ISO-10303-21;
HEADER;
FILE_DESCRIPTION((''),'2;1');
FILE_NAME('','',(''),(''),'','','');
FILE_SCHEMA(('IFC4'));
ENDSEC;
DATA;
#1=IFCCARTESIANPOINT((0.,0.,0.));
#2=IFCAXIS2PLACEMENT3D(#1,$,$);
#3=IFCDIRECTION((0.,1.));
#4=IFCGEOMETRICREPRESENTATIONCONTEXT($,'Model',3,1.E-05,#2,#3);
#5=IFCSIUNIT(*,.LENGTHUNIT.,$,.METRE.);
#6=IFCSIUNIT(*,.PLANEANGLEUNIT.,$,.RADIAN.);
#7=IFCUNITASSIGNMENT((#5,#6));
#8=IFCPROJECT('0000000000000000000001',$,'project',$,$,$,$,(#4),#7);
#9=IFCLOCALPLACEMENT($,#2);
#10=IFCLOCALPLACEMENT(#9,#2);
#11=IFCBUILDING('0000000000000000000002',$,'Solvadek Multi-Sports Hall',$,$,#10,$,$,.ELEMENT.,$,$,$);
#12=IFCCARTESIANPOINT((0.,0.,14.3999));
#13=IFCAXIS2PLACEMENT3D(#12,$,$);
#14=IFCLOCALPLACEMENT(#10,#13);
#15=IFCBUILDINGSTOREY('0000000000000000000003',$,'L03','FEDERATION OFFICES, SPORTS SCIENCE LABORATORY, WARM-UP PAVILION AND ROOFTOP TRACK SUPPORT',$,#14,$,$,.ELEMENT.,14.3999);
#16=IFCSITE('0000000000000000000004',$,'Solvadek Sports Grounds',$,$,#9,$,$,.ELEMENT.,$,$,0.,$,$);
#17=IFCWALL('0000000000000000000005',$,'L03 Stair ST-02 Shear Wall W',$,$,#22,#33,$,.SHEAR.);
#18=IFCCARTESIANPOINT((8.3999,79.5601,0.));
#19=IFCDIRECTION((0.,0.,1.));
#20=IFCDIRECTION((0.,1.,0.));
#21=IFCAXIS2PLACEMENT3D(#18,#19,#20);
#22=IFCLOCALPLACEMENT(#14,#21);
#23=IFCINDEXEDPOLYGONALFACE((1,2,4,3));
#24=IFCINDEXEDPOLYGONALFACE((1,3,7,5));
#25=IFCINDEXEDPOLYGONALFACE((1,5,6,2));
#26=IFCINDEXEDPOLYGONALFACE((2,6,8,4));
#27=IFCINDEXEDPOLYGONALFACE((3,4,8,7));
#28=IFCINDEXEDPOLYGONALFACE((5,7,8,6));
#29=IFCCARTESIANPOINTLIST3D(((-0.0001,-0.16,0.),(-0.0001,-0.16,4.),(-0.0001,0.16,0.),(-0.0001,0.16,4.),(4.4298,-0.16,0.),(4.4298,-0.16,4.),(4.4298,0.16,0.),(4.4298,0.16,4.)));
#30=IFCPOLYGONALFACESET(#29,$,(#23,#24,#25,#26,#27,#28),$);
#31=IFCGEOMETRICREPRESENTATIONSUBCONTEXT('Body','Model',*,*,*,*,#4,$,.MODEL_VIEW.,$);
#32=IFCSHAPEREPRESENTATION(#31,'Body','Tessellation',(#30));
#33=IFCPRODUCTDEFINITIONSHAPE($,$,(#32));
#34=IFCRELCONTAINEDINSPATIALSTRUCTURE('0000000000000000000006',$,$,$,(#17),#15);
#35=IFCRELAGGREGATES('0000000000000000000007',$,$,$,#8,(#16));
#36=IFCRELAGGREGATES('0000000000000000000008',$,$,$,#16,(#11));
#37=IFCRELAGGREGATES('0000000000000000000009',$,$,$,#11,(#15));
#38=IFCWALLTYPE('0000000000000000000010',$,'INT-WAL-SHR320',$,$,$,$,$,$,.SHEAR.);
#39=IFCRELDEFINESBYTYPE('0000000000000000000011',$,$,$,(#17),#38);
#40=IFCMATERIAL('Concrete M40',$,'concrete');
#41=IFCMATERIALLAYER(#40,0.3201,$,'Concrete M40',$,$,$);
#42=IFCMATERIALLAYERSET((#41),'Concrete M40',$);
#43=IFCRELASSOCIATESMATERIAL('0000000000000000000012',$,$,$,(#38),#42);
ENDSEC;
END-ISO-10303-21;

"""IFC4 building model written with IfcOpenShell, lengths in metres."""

from ifc_helpers import new_model, si_unit, direction, frame, frame_2d, origin, place, context, subcontext, project, spatial, rectangle, extrude, material, layer, layer_set, type_object, element, save


model = new_model("IFC4")

# Units and contexts
model_context = context("Model", 3, precision=1e-05, world=origin(), true_north=direction((0.0, 1.0)))
body_context = subcontext(model_context, "Body", "Model", "MODEL_VIEW")
ifc_project = project(units=[si_unit("LENGTHUNIT", "METRE"), si_unit("PLANEANGLEUNIT", "RADIAN")], contexts=[model_context])

# Site, building, storey
site_placement = place(None, origin())
site = spatial("IfcSite", under=ifc_project, at=site_placement, Name="Solvadek Sports Grounds", CompositionType="ELEMENT", RefElevation=0.0)
building_placement = place(site_placement, origin())
building = spatial("IfcBuilding", under=site, at=building_placement, Name="Solvadek Multi-Sports Hall", CompositionType="ELEMENT")
storey_placement = place(building_placement, frame((0.0, 0.0, 14.3999)))
storey = spatial("IfcBuildingStorey", under=building, at=storey_placement, Name="L03", Description="FEDERATION OFFICES, SPORTS SCIENCE LABORATORY, WARM-UP PAVILION AND ROOFTOP TRACK SUPPORT", CompositionType="ELEMENT", Elevation=14.3999)

# Wall
ifc_material_1 = material(Name="Concrete M40", Category="concrete")
ifc_layer_1 = layer(ifc_material_1, 0.3201, Name="Concrete M40")
ifc_layer_set_1 = layer_set([ifc_layer_1], Name="Concrete M40")
wall_type_1 = type_object("IfcWallType", Name="INT-WAL-SHR320", PredefinedType="SHEAR", material=ifc_layer_set_1)
wall_1_placement = place(storey_placement, frame((8.3999, 79.5601, 0.0), z_axis=(0.0, 0.0, 1.0), x_axis=(0.0, 1.0, 0.0)))
element("IfcWall", 1, at=wall_1_placement, inside=storey, type_object=wall_type_1, Name="L03 Stair ST-02 Shear Wall W", PredefinedType="SHEAR", context=body_context, shape_type="SweptSolid", body=[
    extrude(rectangle(XDim=4.4299, YDim=0.3201, at=frame_2d((2.2148, 0.0))), origin(), (0.0, 0.0, 1.0), 4.0),
])

save(model, "model.ifc")
